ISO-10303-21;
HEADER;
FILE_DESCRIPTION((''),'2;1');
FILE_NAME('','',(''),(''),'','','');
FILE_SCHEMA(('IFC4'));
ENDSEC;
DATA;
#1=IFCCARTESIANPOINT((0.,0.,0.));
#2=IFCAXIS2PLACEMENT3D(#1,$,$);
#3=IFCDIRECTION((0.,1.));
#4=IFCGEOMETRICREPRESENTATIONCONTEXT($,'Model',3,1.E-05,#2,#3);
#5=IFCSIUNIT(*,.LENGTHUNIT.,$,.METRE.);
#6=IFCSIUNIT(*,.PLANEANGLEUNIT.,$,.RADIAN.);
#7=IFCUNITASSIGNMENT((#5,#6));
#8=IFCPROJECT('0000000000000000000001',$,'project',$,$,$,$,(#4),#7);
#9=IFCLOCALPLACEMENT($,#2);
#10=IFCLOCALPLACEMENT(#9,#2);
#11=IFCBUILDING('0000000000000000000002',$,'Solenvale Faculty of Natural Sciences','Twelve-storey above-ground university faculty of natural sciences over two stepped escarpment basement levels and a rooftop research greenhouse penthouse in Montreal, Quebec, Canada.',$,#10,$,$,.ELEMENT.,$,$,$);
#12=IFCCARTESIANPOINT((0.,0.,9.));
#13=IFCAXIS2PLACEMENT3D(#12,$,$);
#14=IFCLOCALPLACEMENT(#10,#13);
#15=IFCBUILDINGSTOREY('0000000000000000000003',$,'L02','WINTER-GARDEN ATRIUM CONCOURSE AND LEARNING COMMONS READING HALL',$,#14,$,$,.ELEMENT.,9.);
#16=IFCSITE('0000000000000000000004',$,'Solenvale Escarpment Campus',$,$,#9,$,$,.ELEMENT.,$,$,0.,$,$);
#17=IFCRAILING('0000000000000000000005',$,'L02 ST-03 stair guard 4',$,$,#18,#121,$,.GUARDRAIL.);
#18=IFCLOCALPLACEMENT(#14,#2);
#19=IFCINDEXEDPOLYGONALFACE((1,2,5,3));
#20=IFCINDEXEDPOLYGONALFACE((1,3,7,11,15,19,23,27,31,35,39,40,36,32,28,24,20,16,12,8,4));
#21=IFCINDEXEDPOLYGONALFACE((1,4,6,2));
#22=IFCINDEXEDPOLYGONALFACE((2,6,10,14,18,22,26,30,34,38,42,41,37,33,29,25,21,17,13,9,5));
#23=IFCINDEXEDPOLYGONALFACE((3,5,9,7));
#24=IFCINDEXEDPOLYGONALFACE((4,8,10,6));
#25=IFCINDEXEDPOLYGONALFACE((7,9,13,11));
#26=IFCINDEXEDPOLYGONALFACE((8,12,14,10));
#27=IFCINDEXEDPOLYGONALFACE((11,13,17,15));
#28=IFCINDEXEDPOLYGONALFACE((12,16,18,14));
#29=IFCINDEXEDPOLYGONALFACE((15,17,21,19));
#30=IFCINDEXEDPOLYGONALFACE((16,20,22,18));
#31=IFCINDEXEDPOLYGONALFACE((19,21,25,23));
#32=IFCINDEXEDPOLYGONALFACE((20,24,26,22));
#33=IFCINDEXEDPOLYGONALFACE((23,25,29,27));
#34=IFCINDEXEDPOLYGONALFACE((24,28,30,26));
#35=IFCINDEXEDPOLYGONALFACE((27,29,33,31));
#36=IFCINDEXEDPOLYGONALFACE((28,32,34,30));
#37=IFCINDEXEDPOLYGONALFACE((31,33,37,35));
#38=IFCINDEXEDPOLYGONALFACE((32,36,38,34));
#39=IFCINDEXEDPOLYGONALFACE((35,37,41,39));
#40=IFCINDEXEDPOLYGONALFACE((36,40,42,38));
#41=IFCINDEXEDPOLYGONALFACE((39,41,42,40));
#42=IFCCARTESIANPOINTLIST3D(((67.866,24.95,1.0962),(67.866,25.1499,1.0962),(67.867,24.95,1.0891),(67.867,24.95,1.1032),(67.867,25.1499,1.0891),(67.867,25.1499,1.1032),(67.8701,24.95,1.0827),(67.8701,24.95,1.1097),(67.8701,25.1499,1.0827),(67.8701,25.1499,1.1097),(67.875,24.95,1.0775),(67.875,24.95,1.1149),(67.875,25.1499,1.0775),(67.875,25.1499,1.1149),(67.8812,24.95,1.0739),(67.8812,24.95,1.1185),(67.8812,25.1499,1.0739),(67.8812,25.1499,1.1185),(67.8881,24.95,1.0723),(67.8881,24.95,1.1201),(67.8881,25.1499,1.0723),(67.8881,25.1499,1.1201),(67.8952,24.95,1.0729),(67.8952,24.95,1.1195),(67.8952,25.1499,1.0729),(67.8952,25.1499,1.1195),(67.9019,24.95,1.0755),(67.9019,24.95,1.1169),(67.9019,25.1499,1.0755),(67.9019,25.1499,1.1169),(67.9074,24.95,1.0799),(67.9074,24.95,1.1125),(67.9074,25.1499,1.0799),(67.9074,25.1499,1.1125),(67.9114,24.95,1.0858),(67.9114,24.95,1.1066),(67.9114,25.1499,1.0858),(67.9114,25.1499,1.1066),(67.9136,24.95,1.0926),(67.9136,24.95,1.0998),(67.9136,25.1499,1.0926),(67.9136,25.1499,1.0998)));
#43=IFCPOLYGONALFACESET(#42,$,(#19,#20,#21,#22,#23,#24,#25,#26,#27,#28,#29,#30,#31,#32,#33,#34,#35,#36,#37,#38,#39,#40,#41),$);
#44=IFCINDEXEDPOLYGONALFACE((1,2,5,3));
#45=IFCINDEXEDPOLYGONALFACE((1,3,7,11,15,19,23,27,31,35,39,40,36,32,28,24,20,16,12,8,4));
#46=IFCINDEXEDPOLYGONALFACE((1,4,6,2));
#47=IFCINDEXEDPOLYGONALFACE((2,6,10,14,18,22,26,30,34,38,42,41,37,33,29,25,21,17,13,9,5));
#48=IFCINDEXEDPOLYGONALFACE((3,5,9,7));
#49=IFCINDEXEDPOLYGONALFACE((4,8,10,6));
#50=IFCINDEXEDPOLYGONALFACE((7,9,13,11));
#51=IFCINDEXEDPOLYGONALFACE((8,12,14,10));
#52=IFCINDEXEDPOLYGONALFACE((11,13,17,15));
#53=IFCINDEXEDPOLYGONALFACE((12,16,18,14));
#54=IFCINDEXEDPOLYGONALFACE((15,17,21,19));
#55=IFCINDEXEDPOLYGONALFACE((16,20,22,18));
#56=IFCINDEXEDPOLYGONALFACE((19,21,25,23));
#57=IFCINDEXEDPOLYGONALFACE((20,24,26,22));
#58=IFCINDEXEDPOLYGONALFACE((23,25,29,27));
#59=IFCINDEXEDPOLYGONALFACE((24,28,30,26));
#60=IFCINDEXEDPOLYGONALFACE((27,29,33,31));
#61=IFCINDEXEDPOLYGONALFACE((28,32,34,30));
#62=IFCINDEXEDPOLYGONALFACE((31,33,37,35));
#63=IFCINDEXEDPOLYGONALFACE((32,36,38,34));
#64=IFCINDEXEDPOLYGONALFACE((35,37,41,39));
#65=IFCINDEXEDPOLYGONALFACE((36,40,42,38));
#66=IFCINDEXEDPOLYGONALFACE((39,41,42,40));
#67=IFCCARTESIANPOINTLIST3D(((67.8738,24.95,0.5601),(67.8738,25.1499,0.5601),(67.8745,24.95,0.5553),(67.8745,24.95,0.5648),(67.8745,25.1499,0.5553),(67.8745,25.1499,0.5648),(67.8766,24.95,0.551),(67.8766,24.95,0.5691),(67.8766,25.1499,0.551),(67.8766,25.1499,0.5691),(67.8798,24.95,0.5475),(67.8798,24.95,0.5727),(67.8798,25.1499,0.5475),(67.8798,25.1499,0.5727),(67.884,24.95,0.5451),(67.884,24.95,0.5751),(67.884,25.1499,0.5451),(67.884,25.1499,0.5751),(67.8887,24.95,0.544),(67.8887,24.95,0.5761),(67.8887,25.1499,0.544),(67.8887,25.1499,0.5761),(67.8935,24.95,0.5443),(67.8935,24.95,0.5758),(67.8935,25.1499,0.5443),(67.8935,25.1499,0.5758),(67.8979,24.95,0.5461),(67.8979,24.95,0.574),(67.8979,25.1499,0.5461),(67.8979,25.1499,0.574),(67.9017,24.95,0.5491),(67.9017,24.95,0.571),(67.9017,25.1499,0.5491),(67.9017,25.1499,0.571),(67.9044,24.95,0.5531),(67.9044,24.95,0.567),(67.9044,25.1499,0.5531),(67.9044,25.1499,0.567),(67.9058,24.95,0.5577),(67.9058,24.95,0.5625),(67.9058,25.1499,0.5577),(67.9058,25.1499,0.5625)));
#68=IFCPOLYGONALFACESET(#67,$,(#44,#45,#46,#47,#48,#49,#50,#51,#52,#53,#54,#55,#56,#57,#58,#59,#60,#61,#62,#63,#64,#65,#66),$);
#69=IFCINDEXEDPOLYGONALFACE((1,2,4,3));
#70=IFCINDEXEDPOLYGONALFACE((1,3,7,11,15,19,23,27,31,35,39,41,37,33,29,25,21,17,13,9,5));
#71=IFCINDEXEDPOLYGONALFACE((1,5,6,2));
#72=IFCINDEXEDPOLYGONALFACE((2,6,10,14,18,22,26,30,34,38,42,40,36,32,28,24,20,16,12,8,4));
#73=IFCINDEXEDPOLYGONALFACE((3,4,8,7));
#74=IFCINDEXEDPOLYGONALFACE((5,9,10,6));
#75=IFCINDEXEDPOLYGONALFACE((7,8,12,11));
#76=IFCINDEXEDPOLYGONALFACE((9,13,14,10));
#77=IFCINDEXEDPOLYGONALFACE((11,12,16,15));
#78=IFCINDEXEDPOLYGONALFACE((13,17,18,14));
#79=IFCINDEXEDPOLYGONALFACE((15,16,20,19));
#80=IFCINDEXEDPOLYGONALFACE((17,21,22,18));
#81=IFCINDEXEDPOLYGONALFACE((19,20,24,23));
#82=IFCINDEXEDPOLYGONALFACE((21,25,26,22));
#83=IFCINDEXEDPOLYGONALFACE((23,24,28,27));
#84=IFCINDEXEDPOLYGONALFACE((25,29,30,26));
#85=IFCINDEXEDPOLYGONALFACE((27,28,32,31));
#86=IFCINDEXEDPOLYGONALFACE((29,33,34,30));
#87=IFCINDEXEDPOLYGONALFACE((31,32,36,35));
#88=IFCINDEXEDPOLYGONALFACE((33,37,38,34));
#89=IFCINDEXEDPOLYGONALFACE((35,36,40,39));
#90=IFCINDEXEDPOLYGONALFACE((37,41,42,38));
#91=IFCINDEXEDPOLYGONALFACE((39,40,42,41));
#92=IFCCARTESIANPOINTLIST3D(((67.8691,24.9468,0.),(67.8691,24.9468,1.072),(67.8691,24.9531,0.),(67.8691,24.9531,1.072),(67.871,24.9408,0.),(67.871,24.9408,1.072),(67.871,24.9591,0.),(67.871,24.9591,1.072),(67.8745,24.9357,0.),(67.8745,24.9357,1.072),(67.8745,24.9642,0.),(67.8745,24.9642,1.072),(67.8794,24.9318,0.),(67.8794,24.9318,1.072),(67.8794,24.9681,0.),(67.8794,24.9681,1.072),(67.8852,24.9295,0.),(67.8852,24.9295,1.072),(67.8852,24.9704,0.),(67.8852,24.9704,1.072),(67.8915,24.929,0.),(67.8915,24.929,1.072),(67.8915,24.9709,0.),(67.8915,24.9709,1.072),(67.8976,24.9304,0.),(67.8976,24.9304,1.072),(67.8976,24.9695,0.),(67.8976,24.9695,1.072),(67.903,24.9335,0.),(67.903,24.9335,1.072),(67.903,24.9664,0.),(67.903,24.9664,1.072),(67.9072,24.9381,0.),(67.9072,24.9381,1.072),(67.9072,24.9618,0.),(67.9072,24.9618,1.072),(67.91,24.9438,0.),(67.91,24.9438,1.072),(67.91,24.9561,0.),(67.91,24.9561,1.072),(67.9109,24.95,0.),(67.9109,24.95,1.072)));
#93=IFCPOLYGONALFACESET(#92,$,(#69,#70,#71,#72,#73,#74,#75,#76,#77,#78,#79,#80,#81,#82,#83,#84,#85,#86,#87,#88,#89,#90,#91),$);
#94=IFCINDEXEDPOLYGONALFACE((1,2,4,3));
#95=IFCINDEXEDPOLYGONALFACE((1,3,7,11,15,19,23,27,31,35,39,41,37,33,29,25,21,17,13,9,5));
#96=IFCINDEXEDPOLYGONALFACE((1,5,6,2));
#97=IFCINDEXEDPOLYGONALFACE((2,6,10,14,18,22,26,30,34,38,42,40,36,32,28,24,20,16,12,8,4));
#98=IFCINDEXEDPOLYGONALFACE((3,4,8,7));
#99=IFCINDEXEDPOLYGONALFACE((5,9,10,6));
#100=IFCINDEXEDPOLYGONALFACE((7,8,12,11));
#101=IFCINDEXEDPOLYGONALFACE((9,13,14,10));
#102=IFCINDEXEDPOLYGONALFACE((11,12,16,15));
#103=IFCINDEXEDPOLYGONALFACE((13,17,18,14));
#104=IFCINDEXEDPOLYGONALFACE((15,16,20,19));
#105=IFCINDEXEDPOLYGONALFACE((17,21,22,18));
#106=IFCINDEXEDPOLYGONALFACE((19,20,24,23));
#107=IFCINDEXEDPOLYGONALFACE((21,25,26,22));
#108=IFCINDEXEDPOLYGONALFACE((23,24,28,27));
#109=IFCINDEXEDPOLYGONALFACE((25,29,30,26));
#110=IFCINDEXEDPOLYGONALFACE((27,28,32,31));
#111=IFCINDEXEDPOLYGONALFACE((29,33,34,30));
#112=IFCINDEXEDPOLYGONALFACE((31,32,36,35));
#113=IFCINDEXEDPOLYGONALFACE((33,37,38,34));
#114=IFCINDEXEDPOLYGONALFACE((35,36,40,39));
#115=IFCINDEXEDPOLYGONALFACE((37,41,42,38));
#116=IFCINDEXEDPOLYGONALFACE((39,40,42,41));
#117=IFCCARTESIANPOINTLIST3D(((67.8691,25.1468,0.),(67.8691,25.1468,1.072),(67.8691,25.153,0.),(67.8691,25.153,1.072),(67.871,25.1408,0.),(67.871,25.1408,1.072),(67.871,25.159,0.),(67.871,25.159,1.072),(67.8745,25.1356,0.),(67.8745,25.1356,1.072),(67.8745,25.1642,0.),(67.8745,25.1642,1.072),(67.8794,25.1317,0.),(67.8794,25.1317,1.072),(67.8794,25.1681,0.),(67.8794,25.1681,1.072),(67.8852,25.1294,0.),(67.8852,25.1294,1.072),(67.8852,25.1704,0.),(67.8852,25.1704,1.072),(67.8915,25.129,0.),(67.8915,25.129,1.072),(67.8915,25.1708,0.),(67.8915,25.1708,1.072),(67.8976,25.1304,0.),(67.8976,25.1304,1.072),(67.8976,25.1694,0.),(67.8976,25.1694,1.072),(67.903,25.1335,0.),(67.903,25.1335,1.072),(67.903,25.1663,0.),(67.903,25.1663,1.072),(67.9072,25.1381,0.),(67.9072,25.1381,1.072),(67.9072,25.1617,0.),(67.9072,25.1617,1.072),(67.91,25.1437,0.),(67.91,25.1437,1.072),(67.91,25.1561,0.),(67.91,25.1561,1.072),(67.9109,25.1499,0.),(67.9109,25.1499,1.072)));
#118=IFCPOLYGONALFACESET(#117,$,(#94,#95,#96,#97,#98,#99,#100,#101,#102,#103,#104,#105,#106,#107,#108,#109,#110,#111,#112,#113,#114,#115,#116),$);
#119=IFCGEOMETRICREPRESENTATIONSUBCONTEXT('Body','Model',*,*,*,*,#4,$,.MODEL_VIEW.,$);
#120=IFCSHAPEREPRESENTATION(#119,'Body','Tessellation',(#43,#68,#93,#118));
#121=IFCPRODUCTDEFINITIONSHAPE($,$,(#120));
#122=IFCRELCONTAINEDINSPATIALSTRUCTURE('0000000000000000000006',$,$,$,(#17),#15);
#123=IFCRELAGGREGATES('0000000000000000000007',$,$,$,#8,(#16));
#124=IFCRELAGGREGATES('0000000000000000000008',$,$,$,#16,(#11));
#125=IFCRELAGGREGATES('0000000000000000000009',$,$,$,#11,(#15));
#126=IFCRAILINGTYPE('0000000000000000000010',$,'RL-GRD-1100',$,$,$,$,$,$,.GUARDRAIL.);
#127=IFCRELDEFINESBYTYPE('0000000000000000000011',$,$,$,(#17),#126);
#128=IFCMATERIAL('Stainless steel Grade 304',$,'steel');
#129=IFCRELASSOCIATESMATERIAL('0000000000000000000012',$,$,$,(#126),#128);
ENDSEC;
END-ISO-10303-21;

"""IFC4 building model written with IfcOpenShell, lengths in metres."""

from ifc_helpers import new_model, si_unit, direction, frame, origin, origin_2d, place, context, subcontext, project, spatial, circle, extrude, material, type_object, element, save


model = new_model("IFC4")

# Units and contexts
model_context = context("Model", 3, precision=1e-05, world=origin(), true_north=direction((0.0, 1.0)))
body_context = subcontext(model_context, "Body", "Model", "MODEL_VIEW")
ifc_project = project(units=[si_unit("LENGTHUNIT", "METRE"), si_unit("PLANEANGLEUNIT", "RADIAN")], contexts=[model_context])

# Site, building, storey
site_placement = place(None, origin())
site = spatial("IfcSite", under=ifc_project, at=site_placement, Name="Solenvale Escarpment Campus", CompositionType="ELEMENT", RefElevation=0.0)
building_placement = place(site_placement, origin())
building = spatial("IfcBuilding", under=site, at=building_placement, Name="Solenvale Faculty of Natural Sciences", Description="Twelve-storey above-ground university faculty of natural sciences over two stepped escarpment basement levels and a rooftop research greenhouse penthouse in Montreal, Quebec, Canada.", CompositionType="ELEMENT")
storey_placement = place(building_placement, frame((0.0, 0.0, 9.0)))
storey = spatial("IfcBuildingStorey", under=building, at=storey_placement, Name="L02", Description="WINTER-GARDEN ATRIUM CONCOURSE AND LEARNING COMMONS READING HALL", CompositionType="ELEMENT", Elevation=9.0)

# Railing
ifc_material_1 = material(Name="Stainless steel Grade 304", Category="steel")
railing_type_1 = type_object("IfcRailingType", Name="RL-GRD-1100", PredefinedType="GUARDRAIL", material=ifc_material_1)
railing_1_placement = place(storey_placement, frame((67.8899, 24.95, 0.0)))
element("IfcRailing", 1, at=railing_1_placement, inside=storey, type_object=railing_type_1, Name="L02 ST-03 stair guard 4", PredefinedType="GUARDRAIL", context=body_context, shape_type="SweptSolid", body=[
    extrude(circle(Radius=0.0239, at=origin_2d()), frame((0.0, 0.0, 1.0962), z_axis=(0.0, 1.0, 0.0), x_axis=(-1.0, 0.0, 0.0)), (0.0, 0.0, 1.0), 0.2),
    extrude(circle(Radius=0.0161, at=origin_2d()), frame((0.0, 0.0, 0.5601), z_axis=(0.0, 1.0, 0.0), x_axis=(-1.0, 0.0, 0.0)), (0.0, 0.0, 1.0), 0.2),
    extrude(circle(Radius=0.021, at=origin_2d()), origin(), (0.0, 0.0, 1.0), 1.072),
    extrude(circle(Radius=0.021, at=origin_2d()), frame((0.0, 0.2, 0.0)), (0.0, 0.0, 1.0), 1.072),
])

save(model, "model.ifc")
